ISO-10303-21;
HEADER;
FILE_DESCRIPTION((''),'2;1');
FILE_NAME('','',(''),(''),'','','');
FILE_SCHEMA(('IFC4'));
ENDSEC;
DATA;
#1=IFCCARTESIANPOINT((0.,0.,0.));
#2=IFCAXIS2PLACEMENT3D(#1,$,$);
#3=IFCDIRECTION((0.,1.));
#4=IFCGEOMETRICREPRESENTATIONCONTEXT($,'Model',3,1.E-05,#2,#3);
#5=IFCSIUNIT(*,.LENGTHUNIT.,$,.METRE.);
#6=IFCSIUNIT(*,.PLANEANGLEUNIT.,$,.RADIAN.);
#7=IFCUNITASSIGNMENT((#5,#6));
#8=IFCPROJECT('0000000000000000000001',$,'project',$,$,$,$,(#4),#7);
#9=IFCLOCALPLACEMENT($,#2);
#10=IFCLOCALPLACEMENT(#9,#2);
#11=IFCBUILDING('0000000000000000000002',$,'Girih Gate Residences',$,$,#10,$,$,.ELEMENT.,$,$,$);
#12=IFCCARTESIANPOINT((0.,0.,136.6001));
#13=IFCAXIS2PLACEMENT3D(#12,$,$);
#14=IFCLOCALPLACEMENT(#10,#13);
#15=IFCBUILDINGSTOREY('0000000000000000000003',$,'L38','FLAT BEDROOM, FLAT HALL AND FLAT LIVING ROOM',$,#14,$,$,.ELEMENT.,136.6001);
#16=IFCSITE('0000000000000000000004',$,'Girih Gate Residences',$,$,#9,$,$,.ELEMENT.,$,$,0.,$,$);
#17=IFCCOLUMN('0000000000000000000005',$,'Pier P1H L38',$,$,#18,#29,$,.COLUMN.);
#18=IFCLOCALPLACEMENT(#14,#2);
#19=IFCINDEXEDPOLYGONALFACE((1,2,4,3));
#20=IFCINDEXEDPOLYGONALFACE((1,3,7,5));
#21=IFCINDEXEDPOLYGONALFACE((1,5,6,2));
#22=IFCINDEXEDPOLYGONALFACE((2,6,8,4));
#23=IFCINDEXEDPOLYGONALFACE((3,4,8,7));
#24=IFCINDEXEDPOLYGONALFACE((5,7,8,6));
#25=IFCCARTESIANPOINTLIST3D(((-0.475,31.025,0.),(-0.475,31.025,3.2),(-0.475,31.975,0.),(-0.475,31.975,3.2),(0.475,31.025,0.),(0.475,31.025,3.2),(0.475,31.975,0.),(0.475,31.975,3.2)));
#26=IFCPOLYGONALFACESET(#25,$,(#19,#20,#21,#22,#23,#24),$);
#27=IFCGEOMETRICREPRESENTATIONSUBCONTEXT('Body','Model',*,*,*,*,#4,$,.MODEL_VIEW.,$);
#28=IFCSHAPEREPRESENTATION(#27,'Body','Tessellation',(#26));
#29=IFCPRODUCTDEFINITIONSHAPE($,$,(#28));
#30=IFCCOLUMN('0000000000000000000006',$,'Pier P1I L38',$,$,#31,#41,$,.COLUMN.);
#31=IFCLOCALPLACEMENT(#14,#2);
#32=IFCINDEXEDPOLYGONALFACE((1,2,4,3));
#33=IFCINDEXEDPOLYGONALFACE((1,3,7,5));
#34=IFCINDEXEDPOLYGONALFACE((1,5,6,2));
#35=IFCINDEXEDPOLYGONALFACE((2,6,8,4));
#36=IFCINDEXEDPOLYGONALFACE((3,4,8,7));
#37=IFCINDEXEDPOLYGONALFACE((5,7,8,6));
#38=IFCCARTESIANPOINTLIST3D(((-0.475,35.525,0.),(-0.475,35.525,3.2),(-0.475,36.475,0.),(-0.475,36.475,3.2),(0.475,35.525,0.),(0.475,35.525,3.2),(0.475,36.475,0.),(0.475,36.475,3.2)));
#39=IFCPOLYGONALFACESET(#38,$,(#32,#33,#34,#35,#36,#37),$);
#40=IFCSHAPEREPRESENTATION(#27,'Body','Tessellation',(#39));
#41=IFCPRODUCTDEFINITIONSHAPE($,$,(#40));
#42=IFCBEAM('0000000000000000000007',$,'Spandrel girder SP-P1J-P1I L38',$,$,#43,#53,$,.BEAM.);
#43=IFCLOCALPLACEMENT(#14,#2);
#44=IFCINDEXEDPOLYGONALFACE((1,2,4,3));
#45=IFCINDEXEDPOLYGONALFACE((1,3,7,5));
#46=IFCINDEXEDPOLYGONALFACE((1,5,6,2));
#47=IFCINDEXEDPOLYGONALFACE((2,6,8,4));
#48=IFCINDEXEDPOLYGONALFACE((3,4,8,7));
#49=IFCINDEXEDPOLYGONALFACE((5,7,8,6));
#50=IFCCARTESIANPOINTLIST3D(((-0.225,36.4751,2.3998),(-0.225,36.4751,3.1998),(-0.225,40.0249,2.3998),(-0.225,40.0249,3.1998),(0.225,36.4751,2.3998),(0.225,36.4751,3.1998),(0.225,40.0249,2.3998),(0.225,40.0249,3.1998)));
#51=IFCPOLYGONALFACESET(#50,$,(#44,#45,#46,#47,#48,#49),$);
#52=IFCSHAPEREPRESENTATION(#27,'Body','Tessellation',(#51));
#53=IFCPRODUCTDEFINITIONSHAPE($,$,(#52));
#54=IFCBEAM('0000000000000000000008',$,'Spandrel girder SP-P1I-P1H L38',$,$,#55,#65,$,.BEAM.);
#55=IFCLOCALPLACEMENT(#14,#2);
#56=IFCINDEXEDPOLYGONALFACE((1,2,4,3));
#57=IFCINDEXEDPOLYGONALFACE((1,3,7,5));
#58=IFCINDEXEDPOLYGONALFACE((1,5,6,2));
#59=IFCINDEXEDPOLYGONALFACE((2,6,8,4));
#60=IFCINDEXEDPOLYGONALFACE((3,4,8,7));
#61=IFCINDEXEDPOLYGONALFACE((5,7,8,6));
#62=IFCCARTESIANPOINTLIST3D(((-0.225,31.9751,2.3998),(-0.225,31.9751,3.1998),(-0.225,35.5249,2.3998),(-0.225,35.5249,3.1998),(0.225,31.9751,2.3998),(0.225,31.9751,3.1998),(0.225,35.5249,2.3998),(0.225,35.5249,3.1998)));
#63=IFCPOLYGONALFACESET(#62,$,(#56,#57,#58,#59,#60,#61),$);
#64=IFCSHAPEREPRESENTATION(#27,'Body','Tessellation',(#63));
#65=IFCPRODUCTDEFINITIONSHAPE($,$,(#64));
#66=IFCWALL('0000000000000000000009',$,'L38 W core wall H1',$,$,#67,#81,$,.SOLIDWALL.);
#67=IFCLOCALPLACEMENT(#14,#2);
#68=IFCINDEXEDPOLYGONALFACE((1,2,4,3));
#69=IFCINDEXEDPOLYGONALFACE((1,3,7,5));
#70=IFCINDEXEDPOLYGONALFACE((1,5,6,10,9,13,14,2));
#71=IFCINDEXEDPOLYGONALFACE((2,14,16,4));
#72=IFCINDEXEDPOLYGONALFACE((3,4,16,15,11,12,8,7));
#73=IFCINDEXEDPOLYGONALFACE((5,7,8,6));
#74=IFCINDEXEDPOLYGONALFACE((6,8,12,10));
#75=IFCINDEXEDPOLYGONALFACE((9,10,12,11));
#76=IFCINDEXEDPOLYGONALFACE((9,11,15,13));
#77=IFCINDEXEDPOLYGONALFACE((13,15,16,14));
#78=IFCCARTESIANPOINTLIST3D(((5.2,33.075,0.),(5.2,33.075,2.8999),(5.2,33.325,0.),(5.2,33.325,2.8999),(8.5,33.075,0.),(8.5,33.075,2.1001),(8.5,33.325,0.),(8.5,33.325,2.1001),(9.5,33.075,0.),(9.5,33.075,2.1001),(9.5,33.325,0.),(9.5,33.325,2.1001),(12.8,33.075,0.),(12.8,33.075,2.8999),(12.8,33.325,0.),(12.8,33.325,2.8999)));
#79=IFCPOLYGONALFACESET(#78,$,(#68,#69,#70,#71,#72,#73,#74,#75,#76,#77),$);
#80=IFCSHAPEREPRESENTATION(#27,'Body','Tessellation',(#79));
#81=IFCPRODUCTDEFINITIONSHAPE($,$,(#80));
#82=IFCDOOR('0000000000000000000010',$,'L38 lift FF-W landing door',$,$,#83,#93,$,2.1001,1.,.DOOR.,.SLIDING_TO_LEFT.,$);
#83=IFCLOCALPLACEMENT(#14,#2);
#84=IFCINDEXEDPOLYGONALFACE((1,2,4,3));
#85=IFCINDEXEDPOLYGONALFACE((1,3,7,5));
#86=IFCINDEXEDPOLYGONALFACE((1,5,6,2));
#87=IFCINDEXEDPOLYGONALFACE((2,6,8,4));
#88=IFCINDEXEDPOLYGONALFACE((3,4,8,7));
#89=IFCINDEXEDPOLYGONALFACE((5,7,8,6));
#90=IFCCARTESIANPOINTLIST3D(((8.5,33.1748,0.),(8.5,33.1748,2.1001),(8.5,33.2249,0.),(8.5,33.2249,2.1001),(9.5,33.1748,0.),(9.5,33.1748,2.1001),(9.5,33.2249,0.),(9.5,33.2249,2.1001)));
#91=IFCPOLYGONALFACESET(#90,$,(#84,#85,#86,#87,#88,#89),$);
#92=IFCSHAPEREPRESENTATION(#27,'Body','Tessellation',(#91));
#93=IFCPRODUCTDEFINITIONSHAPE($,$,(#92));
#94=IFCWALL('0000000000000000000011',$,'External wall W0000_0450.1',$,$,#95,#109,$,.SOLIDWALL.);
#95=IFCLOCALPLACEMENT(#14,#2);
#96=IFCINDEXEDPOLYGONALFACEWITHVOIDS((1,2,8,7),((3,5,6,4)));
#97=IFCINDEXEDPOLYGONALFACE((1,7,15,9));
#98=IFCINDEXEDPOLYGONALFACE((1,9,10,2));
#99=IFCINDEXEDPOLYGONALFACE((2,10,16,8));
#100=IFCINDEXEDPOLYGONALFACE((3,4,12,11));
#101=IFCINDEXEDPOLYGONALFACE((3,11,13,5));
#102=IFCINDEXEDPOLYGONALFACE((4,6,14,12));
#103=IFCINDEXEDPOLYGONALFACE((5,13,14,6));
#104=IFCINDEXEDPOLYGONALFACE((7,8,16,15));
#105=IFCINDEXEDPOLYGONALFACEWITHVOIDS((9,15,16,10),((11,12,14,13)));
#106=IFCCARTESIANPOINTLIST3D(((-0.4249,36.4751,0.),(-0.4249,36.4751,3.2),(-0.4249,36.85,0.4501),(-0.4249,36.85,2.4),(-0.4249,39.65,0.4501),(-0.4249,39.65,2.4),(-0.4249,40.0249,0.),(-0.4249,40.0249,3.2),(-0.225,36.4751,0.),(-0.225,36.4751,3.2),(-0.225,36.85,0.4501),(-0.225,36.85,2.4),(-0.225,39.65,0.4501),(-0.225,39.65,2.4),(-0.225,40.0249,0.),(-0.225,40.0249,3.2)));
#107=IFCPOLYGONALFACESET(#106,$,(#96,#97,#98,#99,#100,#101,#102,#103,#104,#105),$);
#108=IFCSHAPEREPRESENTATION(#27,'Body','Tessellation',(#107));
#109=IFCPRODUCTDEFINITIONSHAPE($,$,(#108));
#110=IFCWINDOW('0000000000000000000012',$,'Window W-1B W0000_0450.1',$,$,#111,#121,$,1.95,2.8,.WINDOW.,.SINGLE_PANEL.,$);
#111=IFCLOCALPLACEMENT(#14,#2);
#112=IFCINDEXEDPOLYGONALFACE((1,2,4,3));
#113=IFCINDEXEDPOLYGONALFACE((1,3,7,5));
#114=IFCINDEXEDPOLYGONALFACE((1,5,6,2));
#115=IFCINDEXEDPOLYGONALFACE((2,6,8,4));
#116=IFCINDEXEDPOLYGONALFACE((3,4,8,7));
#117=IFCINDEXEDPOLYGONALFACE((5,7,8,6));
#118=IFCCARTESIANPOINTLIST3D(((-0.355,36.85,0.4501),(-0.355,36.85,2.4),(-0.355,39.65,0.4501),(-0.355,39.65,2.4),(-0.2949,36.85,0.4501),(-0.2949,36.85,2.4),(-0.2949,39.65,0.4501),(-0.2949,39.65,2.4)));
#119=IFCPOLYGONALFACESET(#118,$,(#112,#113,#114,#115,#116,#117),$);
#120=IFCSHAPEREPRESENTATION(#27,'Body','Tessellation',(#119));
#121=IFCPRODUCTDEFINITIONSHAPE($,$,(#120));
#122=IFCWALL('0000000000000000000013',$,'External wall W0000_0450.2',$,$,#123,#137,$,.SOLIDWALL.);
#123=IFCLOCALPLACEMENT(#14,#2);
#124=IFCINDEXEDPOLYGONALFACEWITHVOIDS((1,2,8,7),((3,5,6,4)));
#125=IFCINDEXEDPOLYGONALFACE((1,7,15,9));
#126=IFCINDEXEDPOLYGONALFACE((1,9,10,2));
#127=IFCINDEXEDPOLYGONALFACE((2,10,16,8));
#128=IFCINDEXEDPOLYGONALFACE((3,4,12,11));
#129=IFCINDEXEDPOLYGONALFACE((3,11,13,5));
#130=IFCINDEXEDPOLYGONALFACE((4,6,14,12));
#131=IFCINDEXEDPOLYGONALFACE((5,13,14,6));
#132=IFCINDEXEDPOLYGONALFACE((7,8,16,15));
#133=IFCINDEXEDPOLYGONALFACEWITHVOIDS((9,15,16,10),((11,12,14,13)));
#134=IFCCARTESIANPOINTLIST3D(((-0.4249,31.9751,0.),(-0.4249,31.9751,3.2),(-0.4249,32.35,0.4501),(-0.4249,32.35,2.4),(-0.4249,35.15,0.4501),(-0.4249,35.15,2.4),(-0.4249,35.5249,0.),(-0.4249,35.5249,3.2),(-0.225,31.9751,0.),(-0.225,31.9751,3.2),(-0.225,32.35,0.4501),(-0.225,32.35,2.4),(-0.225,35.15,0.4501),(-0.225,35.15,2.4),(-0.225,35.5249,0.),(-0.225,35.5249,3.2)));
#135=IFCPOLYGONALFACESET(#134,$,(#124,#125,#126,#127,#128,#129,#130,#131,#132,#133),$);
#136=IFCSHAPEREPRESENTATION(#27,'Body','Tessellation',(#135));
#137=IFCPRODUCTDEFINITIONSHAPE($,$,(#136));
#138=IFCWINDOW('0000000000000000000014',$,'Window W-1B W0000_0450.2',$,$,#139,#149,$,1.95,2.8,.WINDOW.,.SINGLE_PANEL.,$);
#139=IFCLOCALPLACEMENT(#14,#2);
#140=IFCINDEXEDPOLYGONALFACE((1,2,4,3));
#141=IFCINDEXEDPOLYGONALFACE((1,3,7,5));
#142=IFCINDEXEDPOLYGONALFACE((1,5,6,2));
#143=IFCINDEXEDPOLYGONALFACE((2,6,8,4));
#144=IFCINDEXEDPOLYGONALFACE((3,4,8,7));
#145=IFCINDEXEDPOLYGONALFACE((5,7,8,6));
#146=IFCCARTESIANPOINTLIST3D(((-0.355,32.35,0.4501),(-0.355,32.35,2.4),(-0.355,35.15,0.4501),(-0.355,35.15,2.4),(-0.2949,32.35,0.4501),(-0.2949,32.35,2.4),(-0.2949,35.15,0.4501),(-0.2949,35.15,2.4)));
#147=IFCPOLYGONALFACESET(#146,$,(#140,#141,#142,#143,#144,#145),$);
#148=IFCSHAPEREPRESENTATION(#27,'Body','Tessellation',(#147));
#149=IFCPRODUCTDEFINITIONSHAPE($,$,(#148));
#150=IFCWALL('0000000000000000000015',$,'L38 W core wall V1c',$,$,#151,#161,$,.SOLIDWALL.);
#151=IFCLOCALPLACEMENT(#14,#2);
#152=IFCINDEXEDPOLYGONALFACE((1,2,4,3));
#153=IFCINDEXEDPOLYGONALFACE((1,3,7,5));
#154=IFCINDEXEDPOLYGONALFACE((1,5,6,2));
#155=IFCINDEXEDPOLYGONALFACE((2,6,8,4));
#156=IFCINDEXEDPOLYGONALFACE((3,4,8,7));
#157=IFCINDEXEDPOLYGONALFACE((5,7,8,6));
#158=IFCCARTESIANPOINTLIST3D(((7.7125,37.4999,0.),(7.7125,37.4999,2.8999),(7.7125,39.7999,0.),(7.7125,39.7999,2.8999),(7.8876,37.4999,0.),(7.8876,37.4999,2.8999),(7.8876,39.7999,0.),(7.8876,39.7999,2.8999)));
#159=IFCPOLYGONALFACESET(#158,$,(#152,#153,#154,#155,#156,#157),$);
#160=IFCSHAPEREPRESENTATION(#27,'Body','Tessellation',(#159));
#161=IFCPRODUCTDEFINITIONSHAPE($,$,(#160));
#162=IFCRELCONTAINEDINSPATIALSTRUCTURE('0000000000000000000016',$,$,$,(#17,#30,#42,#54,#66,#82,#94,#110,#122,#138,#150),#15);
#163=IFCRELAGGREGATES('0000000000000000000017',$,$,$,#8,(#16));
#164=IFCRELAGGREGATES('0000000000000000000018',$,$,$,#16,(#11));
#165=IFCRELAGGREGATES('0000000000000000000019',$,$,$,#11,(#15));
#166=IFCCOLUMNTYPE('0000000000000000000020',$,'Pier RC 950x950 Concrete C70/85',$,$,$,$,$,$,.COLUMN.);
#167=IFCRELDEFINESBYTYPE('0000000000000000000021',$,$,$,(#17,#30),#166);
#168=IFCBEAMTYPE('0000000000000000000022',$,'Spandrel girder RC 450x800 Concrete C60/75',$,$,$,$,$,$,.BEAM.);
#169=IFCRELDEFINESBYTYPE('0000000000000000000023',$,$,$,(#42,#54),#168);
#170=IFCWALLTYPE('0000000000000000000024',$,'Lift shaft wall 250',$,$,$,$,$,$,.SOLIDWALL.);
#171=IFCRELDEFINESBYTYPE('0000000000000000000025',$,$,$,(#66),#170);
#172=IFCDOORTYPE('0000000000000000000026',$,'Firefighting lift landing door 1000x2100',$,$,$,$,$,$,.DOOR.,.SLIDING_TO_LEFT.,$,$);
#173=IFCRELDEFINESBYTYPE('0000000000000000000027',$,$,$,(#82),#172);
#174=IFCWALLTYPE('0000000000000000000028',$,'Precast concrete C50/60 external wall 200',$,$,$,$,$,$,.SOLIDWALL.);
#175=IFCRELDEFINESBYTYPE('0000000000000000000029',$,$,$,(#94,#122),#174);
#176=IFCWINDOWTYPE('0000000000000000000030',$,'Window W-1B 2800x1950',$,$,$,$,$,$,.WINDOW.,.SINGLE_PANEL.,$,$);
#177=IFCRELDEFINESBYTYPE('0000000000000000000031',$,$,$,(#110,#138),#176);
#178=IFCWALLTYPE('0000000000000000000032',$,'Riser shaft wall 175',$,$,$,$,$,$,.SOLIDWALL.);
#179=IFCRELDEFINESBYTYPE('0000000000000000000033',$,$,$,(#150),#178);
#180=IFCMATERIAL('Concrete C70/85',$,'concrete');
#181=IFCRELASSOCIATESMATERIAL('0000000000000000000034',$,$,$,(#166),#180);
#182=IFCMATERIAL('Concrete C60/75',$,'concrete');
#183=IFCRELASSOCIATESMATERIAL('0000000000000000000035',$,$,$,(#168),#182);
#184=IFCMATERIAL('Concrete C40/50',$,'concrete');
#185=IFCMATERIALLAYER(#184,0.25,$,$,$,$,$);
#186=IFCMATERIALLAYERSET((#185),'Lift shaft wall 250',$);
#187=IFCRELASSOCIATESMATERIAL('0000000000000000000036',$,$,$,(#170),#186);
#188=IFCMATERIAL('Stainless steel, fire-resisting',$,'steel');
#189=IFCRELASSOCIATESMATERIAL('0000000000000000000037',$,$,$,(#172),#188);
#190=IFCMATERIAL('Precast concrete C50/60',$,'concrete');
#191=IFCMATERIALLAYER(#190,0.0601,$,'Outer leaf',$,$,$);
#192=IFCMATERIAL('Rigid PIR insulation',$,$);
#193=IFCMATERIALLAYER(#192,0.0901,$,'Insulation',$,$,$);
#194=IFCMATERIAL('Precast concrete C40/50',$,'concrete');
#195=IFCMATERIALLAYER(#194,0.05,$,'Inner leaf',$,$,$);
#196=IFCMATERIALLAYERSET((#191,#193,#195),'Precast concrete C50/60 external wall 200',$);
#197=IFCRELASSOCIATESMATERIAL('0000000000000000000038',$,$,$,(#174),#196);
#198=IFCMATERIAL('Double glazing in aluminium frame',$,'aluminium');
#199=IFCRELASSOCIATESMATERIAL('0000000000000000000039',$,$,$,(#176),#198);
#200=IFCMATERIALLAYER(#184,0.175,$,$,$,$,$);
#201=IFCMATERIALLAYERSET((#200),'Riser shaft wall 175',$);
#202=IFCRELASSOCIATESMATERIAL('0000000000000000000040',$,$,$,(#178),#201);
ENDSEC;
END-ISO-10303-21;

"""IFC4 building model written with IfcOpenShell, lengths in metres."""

from ifc_helpers import new_model, si_unit, direction, frame, frame_2d, origin, origin_2d, place, context, subcontext, project, spatial, rectangle, extrude, material, layer, layer_set, material_profile, profile_set, type_object, element, fill, save


model = new_model("IFC4")

# Units and contexts
model_context = context("Model", 3, precision=1e-05, world=origin(), true_north=direction((0.0, 1.0)))
body_context = subcontext(model_context, "Body", "Model", "MODEL_VIEW")
ifc_project = project(units=[si_unit("LENGTHUNIT", "METRE"), si_unit("PLANEANGLEUNIT", "RADIAN")], contexts=[model_context])

# Site, building, storey
site_placement = place(None, origin())
site = spatial("IfcSite", under=ifc_project, at=site_placement, Name="Girih Gate Residences", CompositionType="ELEMENT", RefElevation=0.0)
building_placement = place(site_placement, origin())
building = spatial("IfcBuilding", under=site, at=building_placement, Name="Girih Gate Residences", CompositionType="ELEMENT")
storey_placement = place(building_placement, frame((0.0, 0.0, 136.6001)))
storey = spatial("IfcBuildingStorey", under=building, at=storey_placement, Name="L38", Description="FLAT BEDROOM, FLAT HALL AND FLAT LIVING ROOM", CompositionType="ELEMENT", Elevation=136.6001)

# Columns
ifc_material_1 = material(Name="Concrete C70/85", Category="concrete")
ifc_material_profile_1 = material_profile(ifc_material_1, rectangle(XDim=0.95, YDim=0.95, at=origin_2d()))
ifc_profile_set_1 = profile_set([ifc_material_profile_1], Name="Concrete C70/85")
column_type = type_object("IfcColumnType", Name="Pier RC 950x950 Concrete C70/85", PredefinedType="COLUMN", material=ifc_profile_set_1)
for number, where, z_axis, x_axis, name in (
    (1, (0.0, 31.5, 0.0), (0.0, 0.0, 1.0), (1.0, 0.0, 0.0), "Pier P1H L38"),
    (2, (0.0, 36.0, 0.0), (0.0, 0.0, 1.0), (1.0, 0.0, 0.0), "Pier P1I L38"),
):
    element("IfcColumn", number, at=place(storey_placement, frame(where, z_axis=z_axis, x_axis=x_axis)), inside=storey, type_object=column_type, Name=name, PredefinedType="COLUMN", context=body_context, shape_type="SweptSolid", body=[
        extrude(rectangle(XDim=0.95, YDim=0.95, at=origin_2d()), origin(), (0.0, 0.0, 1.0), 3.2),
    ])

# Beams
ifc_material_2 = material(Name="Concrete C60/75", Category="concrete")
ifc_material_profile_2 = material_profile(ifc_material_2, rectangle(XDim=0.45, YDim=0.8, at=origin_2d()))
ifc_profile_set_2 = profile_set([ifc_material_profile_2], Name="Concrete C60/75")
beam_type = type_object("IfcBeamType", Name="Spandrel girder RC 450x800 Concrete C60/75", PredefinedType="BEAM", material=ifc_profile_set_2)
for number, where, z_axis, x_axis, name in (
    (3, (0.0, 40.0249, 2.7998), (0.0, -1.0, 0.0), (1.0, 0.0, 0.0), "Spandrel girder SP-P1J-P1I L38"),
    (4, (0.0, 35.5249, 2.7998), (0.0, -1.0, 0.0), (1.0, 0.0, 0.0), "Spandrel girder SP-P1I-P1H L38"),
):
    element("IfcBeam", number, at=place(storey_placement, frame(where, z_axis=z_axis, x_axis=x_axis)), inside=storey, type_object=beam_type, Name=name, PredefinedType="BEAM", context=body_context, shape_type="SweptSolid", body=[
        extrude(rectangle(XDim=0.45, YDim=0.8, at=origin_2d()), origin(), (0.0, 0.0, 1.0), 3.5498),
    ])

# Wall, opening, door
ifc_material_3 = material(Name="Concrete C40/50", Category="concrete")
ifc_layer_1 = layer(ifc_material_3, 0.25)
ifc_layer_set_1 = layer_set([ifc_layer_1], Name="Lift shaft wall 250")
wall_type_1 = type_object("IfcWallType", Name="Lift shaft wall 250", PredefinedType="SOLIDWALL", material=ifc_layer_set_1)
wall_1_placement = place(storey_placement, frame((5.2, 33.2, 0.0), z_axis=(0.0, 0.0, 1.0), x_axis=(1.0, 0.0, 0.0)))
wall_1 = element("IfcWall", 5, at=wall_1_placement, inside=storey, type_object=wall_type_1, Name="L38 W core wall H1", PredefinedType="SOLIDWALL", context=body_context, shape_type="SweptSolid", body=[
    extrude(rectangle(XDim=7.6001, YDim=0.25, at=frame_2d((3.8, 0.0))), origin(), (0.0, 0.0, 1.0), 2.8999),
])
opening_1_placement = place(wall_1_placement, frame((3.3, 0.0, 0.0)))
opening_1 = element("IfcOpeningElement", 6, at=opening_1_placement, cuts=wall_1, PredefinedType="OPENING", context=body_context, shape_type="SweptSolid", body=[
    extrude(rectangle(XDim=1.0, YDim=2.1001, at=frame_2d((0.5, 1.05))), frame((0.0, 0.135, 0.0), z_axis=(0.0, -1.0, 0.0), x_axis=(1.0, 0.0, 0.0)), (0.0, 0.0, 1.0), 0.27),
])
ifc_material_4 = material(Name="Stainless steel, fire-resisting", Category="steel")
door_type_1 = type_object("IfcDoorType", Name="Firefighting lift landing door 1000x2100", OperationType="SLIDING_TO_LEFT", PredefinedType="DOOR", material=ifc_material_4)
door_1_placement = place(opening_1_placement, origin())
door_1 = element("IfcDoor", 7, at=door_1_placement, inside=storey, type_object=door_type_1, Name="L38 lift FF-W landing door", OperationType="SLIDING_TO_LEFT", OverallHeight=2.1001, OverallWidth=1.0, PredefinedType="DOOR", context=body_context, shape_type="SweptSolid", body=[
    extrude(rectangle(XDim=1.0, YDim=2.1001, at=frame_2d((0.5, 1.05))), frame((0.0, 0.0249, 0.0), z_axis=(0.0, -1.0, 0.0), x_axis=(1.0, 0.0, 0.0)), (0.0, 0.0, 1.0), 0.05),
])
fill(opening_1, door_1)

# Walls, openings, windows
ifc_material_5 = material(Name="Precast concrete C50/60", Category="concrete")
ifc_layer_2 = layer(ifc_material_5, 0.0601, Name="Outer leaf")
ifc_material_6 = material(Name="Rigid PIR insulation")
ifc_layer_3 = layer(ifc_material_6, 0.0901, Name="Insulation")
ifc_material_7 = material(Name="Precast concrete C40/50", Category="concrete")
ifc_layer_4 = layer(ifc_material_7, 0.05, Name="Inner leaf")
ifc_layer_set_2 = layer_set([ifc_layer_2, ifc_layer_3, ifc_layer_4], Name="Precast concrete C50/60 external wall 200")
wall_type_2 = type_object("IfcWallType", Name="Precast concrete C50/60 external wall 200", PredefinedType="SOLIDWALL", material=ifc_layer_set_2)
wall_2_placement = place(storey_placement, frame((-0.325, 36.4751, 0.0), z_axis=(0.0, 0.0, 1.0), x_axis=(0.0, 1.0, 0.0)))
wall_2 = element("IfcWall", 8, at=wall_2_placement, inside=storey, type_object=wall_type_2, Name="External wall W0000_0450.1", PredefinedType="SOLIDWALL", context=body_context, shape_type="SweptSolid", body=[
    extrude(rectangle(XDim=3.5498, YDim=0.2, at=frame_2d((1.7749, 0.0))), origin(), (0.0, 0.0, 1.0), 3.2),
])
opening_2_placement = place(wall_2_placement, frame((0.375, 0.0, 0.45)))
opening_2 = element("IfcOpeningElement", 9, at=opening_2_placement, cuts=wall_2, PredefinedType="OPENING", context=body_context, shape_type="SweptSolid", body=[
    extrude(rectangle(XDim=2.8, YDim=1.95, at=frame_2d((1.3999, 0.9751))), frame((0.0, 0.1099, 0.0), z_axis=(0.0, -1.0, 0.0), x_axis=(1.0, 0.0, 0.0)), (0.0, 0.0, 1.0), 0.22),
])
ifc_material_8 = material(Name="Double glazing in aluminium frame", Category="aluminium")
window_type = type_object("IfcWindowType", Name="Window W-1B 2800x1950", PartitioningType="SINGLE_PANEL", PredefinedType="WINDOW", material=ifc_material_8)
window_1_placement = place(opening_2_placement, origin())
window_1 = element("IfcWindow", 10, at=window_1_placement, inside=storey, type_object=window_type, Name="Window W-1B W0000_0450.1", OverallHeight=1.95, OverallWidth=2.8, PartitioningType="SINGLE_PANEL", PredefinedType="WINDOW", context=body_context, shape_type="SweptSolid", body=[
    extrude(rectangle(XDim=2.8, YDim=1.95, at=frame_2d((1.3999, 0.9751))), frame((0.0, 0.03, 0.0), z_axis=(0.0, -1.0, 0.0), x_axis=(1.0, 0.0, 0.0)), (0.0, 0.0, 1.0), 0.0601),
])
fill(opening_2, window_1)
wall_3_placement = place(storey_placement, frame((-0.325, 31.9751, 0.0), z_axis=(0.0, 0.0, 1.0), x_axis=(0.0, 1.0, 0.0)))
wall_3 = element("IfcWall", 11, at=wall_3_placement, inside=storey, type_object=wall_type_2, Name="External wall W0000_0450.2", PredefinedType="SOLIDWALL", context=body_context, shape_type="SweptSolid", body=[
    extrude(rectangle(XDim=3.5498, YDim=0.2, at=frame_2d((1.7749, 0.0))), origin(), (0.0, 0.0, 1.0), 3.2),
])
opening_3_placement = place(wall_3_placement, frame((0.375, 0.0, 0.45)))
opening_3 = element("IfcOpeningElement", 12, at=opening_3_placement, cuts=wall_3, PredefinedType="OPENING", context=body_context, shape_type="SweptSolid", body=[
    extrude(rectangle(XDim=2.8, YDim=1.95, at=frame_2d((1.3999, 0.9751))), frame((0.0, 0.1099, 0.0), z_axis=(0.0, -1.0, 0.0), x_axis=(1.0, 0.0, 0.0)), (0.0, 0.0, 1.0), 0.22),
])
window_2_placement = place(opening_3_placement, origin())
window_2 = element("IfcWindow", 13, at=window_2_placement, inside=storey, type_object=window_type, Name="Window W-1B W0000_0450.2", OverallHeight=1.95, OverallWidth=2.8, PartitioningType="SINGLE_PANEL", PredefinedType="WINDOW", context=body_context, shape_type="SweptSolid", body=[
    extrude(rectangle(XDim=2.8, YDim=1.95, at=frame_2d((1.3999, 0.9751))), frame((0.0, 0.03, 0.0), z_axis=(0.0, -1.0, 0.0), x_axis=(1.0, 0.0, 0.0)), (0.0, 0.0, 1.0), 0.0601),
])
fill(opening_3, window_2)

# Wall
ifc_layer_5 = layer(ifc_material_3, 0.175)
ifc_layer_set_3 = layer_set([ifc_layer_5], Name="Riser shaft wall 175")
wall_type_3 = type_object("IfcWallType", Name="Riser shaft wall 175", PredefinedType="SOLIDWALL", material=ifc_layer_set_3)
wall_4_placement = place(storey_placement, frame((7.8, 37.5, 0.0), z_axis=(0.0, 0.0, 1.0), x_axis=(0.0, 1.0, 0.0)))
element("IfcWall", 14, at=wall_4_placement, inside=storey, type_object=wall_type_3, Name="L38 W core wall V1c", PredefinedType="SOLIDWALL", context=body_context, shape_type="SweptSolid", body=[
    extrude(rectangle(XDim=2.3, YDim=0.175, at=frame_2d((1.1499, 0.0))), origin(), (0.0, 0.0, 1.0), 2.8999),
])

save(model, "model.ifc")
